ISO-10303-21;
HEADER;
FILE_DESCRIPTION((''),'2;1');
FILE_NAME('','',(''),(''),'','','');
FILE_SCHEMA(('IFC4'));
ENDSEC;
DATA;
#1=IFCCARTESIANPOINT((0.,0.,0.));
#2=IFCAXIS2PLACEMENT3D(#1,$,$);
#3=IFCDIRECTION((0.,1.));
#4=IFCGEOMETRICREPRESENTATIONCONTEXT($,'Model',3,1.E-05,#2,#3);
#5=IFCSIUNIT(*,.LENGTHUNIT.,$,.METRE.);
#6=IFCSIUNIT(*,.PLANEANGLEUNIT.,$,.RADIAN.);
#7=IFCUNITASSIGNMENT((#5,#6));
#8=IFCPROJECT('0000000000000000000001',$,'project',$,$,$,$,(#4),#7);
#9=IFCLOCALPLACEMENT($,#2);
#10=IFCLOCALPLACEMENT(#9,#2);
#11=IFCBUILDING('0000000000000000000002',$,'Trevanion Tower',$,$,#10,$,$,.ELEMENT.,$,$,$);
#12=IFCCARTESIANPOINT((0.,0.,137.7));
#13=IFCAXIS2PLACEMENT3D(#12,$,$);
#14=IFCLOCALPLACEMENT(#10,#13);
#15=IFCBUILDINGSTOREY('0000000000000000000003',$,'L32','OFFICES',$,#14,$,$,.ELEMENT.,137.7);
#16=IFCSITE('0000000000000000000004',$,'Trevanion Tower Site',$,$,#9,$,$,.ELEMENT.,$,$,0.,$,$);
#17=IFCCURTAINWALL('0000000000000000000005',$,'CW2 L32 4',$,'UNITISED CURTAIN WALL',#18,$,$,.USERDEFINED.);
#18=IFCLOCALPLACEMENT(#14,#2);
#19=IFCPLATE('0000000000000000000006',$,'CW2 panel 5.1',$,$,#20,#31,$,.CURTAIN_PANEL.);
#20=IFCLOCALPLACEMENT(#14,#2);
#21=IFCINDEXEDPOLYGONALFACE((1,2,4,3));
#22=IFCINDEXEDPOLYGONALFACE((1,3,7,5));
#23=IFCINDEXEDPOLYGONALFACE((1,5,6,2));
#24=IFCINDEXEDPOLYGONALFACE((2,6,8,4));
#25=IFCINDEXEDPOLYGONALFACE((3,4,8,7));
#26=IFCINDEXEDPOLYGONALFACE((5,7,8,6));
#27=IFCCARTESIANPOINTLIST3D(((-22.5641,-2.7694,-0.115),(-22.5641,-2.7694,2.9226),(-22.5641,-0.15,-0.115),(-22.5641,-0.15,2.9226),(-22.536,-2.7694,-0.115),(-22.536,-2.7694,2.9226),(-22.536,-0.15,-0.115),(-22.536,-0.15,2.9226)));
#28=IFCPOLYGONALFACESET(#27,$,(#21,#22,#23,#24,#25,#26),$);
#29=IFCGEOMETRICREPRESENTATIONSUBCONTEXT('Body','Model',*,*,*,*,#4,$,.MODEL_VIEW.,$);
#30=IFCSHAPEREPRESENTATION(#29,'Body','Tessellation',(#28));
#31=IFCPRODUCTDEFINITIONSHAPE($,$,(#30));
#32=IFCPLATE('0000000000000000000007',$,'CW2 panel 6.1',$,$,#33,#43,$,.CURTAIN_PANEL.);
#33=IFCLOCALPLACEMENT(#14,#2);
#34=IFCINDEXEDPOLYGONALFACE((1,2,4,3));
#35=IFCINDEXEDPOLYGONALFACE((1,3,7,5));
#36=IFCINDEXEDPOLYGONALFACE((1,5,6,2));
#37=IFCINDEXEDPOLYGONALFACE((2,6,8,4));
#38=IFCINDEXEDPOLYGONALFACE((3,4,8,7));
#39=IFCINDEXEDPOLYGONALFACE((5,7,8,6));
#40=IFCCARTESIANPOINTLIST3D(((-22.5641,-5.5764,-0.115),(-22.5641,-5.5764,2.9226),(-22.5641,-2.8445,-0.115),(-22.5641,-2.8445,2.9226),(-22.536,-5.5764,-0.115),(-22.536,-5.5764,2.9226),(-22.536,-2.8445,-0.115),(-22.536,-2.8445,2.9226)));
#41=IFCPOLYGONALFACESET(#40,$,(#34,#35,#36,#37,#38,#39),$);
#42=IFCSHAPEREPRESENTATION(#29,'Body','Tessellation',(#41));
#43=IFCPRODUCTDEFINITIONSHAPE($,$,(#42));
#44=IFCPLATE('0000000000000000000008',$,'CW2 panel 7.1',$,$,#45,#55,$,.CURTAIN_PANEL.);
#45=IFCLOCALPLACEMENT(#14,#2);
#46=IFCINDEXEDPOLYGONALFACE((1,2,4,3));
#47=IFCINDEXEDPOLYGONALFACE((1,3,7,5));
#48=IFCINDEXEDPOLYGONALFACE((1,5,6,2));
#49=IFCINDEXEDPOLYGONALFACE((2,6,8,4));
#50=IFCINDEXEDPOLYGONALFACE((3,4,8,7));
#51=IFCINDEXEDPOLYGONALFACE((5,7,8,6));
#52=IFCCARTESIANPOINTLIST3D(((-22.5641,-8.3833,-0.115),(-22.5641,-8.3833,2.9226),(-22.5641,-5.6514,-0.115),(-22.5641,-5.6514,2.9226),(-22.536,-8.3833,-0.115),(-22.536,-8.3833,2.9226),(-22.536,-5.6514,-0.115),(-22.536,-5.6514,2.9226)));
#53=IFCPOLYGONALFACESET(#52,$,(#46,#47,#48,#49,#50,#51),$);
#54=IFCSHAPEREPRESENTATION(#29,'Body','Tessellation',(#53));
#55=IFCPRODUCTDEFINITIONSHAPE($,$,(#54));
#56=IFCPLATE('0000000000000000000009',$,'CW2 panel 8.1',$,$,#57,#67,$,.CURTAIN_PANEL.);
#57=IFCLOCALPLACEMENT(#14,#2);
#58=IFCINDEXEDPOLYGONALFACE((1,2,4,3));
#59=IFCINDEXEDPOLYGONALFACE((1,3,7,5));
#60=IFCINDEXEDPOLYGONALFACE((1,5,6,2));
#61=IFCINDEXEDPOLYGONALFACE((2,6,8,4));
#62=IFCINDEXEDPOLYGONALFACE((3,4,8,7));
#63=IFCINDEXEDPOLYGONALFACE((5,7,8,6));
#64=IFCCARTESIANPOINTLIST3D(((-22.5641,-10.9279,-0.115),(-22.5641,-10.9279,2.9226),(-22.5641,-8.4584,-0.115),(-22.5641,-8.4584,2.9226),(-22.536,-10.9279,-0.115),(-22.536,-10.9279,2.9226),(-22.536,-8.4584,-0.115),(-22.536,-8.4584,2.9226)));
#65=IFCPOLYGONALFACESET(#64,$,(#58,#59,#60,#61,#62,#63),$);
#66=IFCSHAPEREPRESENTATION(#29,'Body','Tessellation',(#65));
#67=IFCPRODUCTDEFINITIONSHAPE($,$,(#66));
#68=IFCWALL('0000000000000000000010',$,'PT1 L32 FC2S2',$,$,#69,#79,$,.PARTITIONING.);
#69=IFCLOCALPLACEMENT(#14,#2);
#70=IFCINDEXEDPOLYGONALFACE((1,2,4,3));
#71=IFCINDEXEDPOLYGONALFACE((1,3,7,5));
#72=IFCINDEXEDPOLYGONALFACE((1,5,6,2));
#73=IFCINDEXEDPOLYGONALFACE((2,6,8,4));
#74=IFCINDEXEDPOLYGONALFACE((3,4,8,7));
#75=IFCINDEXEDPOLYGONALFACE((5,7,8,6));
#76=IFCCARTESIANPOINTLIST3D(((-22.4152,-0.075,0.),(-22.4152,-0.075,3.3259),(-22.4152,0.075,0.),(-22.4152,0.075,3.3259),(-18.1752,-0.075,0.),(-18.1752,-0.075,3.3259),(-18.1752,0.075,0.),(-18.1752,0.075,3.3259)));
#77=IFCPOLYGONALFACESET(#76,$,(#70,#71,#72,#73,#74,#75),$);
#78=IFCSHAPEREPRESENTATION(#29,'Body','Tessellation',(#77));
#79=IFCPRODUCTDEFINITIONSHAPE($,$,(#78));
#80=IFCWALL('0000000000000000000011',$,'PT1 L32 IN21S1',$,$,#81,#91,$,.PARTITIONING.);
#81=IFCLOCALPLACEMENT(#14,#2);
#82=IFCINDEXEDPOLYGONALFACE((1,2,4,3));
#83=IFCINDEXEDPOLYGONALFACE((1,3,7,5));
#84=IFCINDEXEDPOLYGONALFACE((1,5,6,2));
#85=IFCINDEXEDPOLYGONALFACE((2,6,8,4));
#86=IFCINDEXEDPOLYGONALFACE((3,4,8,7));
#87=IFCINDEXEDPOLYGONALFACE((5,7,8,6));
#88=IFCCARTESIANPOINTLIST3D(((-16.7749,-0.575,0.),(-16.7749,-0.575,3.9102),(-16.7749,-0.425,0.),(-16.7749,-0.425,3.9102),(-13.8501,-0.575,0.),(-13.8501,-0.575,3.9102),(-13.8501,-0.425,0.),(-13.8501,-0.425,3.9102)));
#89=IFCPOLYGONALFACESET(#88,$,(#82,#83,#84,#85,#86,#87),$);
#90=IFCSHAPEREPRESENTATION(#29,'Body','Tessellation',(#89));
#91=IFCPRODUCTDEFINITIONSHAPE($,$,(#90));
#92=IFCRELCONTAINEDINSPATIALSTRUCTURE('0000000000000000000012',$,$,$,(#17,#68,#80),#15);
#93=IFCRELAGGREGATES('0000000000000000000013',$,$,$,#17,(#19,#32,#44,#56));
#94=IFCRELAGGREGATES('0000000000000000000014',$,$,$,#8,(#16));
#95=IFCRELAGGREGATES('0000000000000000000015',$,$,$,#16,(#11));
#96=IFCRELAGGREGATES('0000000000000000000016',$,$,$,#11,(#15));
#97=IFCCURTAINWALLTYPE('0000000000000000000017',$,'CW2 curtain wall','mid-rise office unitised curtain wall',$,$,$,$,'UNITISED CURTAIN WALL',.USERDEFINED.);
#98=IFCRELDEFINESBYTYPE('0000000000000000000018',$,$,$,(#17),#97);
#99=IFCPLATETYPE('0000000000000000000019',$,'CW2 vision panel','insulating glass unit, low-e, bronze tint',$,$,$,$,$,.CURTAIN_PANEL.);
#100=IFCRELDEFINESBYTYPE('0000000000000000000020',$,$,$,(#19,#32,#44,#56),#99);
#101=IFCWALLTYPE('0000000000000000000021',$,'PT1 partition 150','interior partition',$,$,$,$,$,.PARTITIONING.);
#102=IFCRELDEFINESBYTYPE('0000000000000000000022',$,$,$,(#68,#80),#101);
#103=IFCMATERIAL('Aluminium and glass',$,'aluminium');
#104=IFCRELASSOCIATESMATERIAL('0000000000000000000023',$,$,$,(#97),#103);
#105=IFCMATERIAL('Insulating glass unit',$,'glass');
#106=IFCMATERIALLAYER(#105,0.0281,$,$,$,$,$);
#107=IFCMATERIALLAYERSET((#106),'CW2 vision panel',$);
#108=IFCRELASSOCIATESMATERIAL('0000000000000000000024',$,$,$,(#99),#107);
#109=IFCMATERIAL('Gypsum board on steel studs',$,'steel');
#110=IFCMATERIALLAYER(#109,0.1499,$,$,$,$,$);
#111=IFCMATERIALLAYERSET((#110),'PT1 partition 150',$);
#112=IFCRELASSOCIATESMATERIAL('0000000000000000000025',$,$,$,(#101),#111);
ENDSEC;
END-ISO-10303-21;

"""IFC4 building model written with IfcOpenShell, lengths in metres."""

from ifc_helpers import new_model, si_unit, direction, frame, frame_2d, origin, origin_2d, place, context, subcontext, project, spatial, rectangle, extrude, material, layer, layer_set, type_object, element, aggregate, save


model = new_model("IFC4")

# Units and contexts
model_context = context("Model", 3, precision=1e-05, world=origin(), true_north=direction((0.0, 1.0)))
body_context = subcontext(model_context, "Body", "Model", "MODEL_VIEW")
ifc_project = project(units=[si_unit("LENGTHUNIT", "METRE"), si_unit("PLANEANGLEUNIT", "RADIAN")], contexts=[model_context])

# Site, building, storey
site_placement = place(None, origin())
site = spatial("IfcSite", under=ifc_project, at=site_placement, Name="Trevanion Tower Site", CompositionType="ELEMENT", RefElevation=0.0)
building_placement = place(site_placement, origin())
building = spatial("IfcBuilding", under=site, at=building_placement, Name="Trevanion Tower", CompositionType="ELEMENT")
storey_placement = place(building_placement, frame((0.0, 0.0, 137.7)))
storey = spatial("IfcBuildingStorey", under=building, at=storey_placement, Name="L32", Description="OFFICES", CompositionType="ELEMENT", Elevation=137.7)

# Curtain wall
ifc_material_1 = material(Name="Aluminium and glass", Category="aluminium")
curtain_wall_type = type_object("IfcCurtainWallType", Name="CW2 curtain wall", Description="mid-rise office unitised curtain wall", ElementType="UNITISED CURTAIN WALL", PredefinedType="USERDEFINED", material=ifc_material_1)
curtain_wall_1_placement = place(storey_placement, origin())
curtain_wall_1 = element("IfcCurtainWall", 1, at=curtain_wall_1_placement, inside=storey, type_object=curtain_wall_type, Name="CW2 L32 4", ObjectType="UNITISED CURTAIN WALL", PredefinedType="USERDEFINED")

# Plates
ifc_material_2 = material(Name="Insulating glass unit", Category="glass")
ifc_layer_1 = layer(ifc_material_2, 0.0281)
ifc_layer_set_1 = layer_set([ifc_layer_1], Name="CW2 vision panel")
plate_type_1 = type_object("IfcPlateType", Name="CW2 vision panel", Description="insulating glass unit, low-e, bronze tint", PredefinedType="CURTAIN_PANEL", material=ifc_layer_set_1)
plate_1_placement = place(storey_placement, frame((-22.55, -1.4597, -0.115), z_axis=(0.0, 0.0, 1.0), x_axis=(0.0, -1.0, 0.0)))
plate_1 = element("IfcPlate", 2, at=plate_1_placement, type_object=plate_type_1, Name="CW2 panel 5.1", PredefinedType="CURTAIN_PANEL", context=body_context, shape_type="SweptSolid", body=[
    extrude(rectangle(XDim=2.6194, YDim=0.0281, at=origin_2d()), origin(), (0.0, 0.0, 1.0), 3.0376),
])
plate_2_placement = place(storey_placement, frame((-22.55, -4.2104, -0.115), z_axis=(0.0, 0.0, 1.0), x_axis=(0.0, -1.0, 0.0)))
plate_2 = element("IfcPlate", 3, at=plate_2_placement, type_object=plate_type_1, Name="CW2 panel 6.1", PredefinedType="CURTAIN_PANEL", context=body_context, shape_type="SweptSolid", body=[
    extrude(rectangle(XDim=2.7319, YDim=0.0281, at=origin_2d()), origin(), (0.0, 0.0, 1.0), 3.0376),
])
plate_3_placement = place(storey_placement, frame((-22.55, -7.0173, -0.115), z_axis=(0.0, 0.0, 1.0), x_axis=(0.0, -1.0, 0.0)))
plate_3 = element("IfcPlate", 4, at=plate_3_placement, type_object=plate_type_1, Name="CW2 panel 7.1", PredefinedType="CURTAIN_PANEL", context=body_context, shape_type="SweptSolid", body=[
    extrude(rectangle(XDim=2.7319, YDim=0.0281, at=origin_2d()), origin(), (0.0, 0.0, 1.0), 3.0376),
])
plate_4_placement = place(storey_placement, frame((-22.55, -9.6931, -0.115), z_axis=(0.0, 0.0, 1.0), x_axis=(0.0, -1.0, 0.0)))
plate_4 = element("IfcPlate", 5, at=plate_4_placement, type_object=plate_type_1, Name="CW2 panel 8.1", PredefinedType="CURTAIN_PANEL", context=body_context, shape_type="SweptSolid", body=[
    extrude(rectangle(XDim=2.4695, YDim=0.0281, at=origin_2d()), origin(), (0.0, 0.0, 1.0), 3.0376),
])
aggregate(curtain_wall_1, [plate_1, plate_2, plate_3, plate_4])

# Walls
ifc_material_3 = material(Name="Gypsum board on steel studs", Category="steel")
ifc_layer_2 = layer(ifc_material_3, 0.1499)
ifc_layer_set_2 = layer_set([ifc_layer_2], Name="PT1 partition 150")
wall_type = type_object("IfcWallType", Name="PT1 partition 150", Description="interior partition", PredefinedType="PARTITIONING", material=ifc_layer_set_2)
wall_1_placement = place(storey_placement, frame((-18.175, 0.0, 0.0), z_axis=(0.0, 0.0, 1.0), x_axis=(-1.0, 0.0, 0.0)))
element("IfcWall", 6, at=wall_1_placement, inside=storey, type_object=wall_type, Name="PT1 L32 FC2S2", PredefinedType="PARTITIONING", context=body_context, shape_type="SweptSolid", body=[
    extrude(rectangle(XDim=4.24, YDim=0.1499, at=frame_2d((2.1201, 0.0))), origin(), (0.0, 0.0, 1.0), 3.3259),
])
wall_2_placement = place(storey_placement, frame((-16.7749, -0.5, 0.0), z_axis=(0.0, 0.0, 1.0), x_axis=(1.0, 0.0, 0.0)))
element("IfcWall", 7, at=wall_2_placement, inside=storey, type_object=wall_type, Name="PT1 L32 IN21S1", PredefinedType="PARTITIONING", context=body_context, shape_type="SweptSolid", body=[
    extrude(rectangle(XDim=2.9248, YDim=0.1499, at=frame_2d((1.4624, 0.0))), origin(), (0.0, 0.0, 1.0), 3.9102),
])

save(model, "model.ifc")
